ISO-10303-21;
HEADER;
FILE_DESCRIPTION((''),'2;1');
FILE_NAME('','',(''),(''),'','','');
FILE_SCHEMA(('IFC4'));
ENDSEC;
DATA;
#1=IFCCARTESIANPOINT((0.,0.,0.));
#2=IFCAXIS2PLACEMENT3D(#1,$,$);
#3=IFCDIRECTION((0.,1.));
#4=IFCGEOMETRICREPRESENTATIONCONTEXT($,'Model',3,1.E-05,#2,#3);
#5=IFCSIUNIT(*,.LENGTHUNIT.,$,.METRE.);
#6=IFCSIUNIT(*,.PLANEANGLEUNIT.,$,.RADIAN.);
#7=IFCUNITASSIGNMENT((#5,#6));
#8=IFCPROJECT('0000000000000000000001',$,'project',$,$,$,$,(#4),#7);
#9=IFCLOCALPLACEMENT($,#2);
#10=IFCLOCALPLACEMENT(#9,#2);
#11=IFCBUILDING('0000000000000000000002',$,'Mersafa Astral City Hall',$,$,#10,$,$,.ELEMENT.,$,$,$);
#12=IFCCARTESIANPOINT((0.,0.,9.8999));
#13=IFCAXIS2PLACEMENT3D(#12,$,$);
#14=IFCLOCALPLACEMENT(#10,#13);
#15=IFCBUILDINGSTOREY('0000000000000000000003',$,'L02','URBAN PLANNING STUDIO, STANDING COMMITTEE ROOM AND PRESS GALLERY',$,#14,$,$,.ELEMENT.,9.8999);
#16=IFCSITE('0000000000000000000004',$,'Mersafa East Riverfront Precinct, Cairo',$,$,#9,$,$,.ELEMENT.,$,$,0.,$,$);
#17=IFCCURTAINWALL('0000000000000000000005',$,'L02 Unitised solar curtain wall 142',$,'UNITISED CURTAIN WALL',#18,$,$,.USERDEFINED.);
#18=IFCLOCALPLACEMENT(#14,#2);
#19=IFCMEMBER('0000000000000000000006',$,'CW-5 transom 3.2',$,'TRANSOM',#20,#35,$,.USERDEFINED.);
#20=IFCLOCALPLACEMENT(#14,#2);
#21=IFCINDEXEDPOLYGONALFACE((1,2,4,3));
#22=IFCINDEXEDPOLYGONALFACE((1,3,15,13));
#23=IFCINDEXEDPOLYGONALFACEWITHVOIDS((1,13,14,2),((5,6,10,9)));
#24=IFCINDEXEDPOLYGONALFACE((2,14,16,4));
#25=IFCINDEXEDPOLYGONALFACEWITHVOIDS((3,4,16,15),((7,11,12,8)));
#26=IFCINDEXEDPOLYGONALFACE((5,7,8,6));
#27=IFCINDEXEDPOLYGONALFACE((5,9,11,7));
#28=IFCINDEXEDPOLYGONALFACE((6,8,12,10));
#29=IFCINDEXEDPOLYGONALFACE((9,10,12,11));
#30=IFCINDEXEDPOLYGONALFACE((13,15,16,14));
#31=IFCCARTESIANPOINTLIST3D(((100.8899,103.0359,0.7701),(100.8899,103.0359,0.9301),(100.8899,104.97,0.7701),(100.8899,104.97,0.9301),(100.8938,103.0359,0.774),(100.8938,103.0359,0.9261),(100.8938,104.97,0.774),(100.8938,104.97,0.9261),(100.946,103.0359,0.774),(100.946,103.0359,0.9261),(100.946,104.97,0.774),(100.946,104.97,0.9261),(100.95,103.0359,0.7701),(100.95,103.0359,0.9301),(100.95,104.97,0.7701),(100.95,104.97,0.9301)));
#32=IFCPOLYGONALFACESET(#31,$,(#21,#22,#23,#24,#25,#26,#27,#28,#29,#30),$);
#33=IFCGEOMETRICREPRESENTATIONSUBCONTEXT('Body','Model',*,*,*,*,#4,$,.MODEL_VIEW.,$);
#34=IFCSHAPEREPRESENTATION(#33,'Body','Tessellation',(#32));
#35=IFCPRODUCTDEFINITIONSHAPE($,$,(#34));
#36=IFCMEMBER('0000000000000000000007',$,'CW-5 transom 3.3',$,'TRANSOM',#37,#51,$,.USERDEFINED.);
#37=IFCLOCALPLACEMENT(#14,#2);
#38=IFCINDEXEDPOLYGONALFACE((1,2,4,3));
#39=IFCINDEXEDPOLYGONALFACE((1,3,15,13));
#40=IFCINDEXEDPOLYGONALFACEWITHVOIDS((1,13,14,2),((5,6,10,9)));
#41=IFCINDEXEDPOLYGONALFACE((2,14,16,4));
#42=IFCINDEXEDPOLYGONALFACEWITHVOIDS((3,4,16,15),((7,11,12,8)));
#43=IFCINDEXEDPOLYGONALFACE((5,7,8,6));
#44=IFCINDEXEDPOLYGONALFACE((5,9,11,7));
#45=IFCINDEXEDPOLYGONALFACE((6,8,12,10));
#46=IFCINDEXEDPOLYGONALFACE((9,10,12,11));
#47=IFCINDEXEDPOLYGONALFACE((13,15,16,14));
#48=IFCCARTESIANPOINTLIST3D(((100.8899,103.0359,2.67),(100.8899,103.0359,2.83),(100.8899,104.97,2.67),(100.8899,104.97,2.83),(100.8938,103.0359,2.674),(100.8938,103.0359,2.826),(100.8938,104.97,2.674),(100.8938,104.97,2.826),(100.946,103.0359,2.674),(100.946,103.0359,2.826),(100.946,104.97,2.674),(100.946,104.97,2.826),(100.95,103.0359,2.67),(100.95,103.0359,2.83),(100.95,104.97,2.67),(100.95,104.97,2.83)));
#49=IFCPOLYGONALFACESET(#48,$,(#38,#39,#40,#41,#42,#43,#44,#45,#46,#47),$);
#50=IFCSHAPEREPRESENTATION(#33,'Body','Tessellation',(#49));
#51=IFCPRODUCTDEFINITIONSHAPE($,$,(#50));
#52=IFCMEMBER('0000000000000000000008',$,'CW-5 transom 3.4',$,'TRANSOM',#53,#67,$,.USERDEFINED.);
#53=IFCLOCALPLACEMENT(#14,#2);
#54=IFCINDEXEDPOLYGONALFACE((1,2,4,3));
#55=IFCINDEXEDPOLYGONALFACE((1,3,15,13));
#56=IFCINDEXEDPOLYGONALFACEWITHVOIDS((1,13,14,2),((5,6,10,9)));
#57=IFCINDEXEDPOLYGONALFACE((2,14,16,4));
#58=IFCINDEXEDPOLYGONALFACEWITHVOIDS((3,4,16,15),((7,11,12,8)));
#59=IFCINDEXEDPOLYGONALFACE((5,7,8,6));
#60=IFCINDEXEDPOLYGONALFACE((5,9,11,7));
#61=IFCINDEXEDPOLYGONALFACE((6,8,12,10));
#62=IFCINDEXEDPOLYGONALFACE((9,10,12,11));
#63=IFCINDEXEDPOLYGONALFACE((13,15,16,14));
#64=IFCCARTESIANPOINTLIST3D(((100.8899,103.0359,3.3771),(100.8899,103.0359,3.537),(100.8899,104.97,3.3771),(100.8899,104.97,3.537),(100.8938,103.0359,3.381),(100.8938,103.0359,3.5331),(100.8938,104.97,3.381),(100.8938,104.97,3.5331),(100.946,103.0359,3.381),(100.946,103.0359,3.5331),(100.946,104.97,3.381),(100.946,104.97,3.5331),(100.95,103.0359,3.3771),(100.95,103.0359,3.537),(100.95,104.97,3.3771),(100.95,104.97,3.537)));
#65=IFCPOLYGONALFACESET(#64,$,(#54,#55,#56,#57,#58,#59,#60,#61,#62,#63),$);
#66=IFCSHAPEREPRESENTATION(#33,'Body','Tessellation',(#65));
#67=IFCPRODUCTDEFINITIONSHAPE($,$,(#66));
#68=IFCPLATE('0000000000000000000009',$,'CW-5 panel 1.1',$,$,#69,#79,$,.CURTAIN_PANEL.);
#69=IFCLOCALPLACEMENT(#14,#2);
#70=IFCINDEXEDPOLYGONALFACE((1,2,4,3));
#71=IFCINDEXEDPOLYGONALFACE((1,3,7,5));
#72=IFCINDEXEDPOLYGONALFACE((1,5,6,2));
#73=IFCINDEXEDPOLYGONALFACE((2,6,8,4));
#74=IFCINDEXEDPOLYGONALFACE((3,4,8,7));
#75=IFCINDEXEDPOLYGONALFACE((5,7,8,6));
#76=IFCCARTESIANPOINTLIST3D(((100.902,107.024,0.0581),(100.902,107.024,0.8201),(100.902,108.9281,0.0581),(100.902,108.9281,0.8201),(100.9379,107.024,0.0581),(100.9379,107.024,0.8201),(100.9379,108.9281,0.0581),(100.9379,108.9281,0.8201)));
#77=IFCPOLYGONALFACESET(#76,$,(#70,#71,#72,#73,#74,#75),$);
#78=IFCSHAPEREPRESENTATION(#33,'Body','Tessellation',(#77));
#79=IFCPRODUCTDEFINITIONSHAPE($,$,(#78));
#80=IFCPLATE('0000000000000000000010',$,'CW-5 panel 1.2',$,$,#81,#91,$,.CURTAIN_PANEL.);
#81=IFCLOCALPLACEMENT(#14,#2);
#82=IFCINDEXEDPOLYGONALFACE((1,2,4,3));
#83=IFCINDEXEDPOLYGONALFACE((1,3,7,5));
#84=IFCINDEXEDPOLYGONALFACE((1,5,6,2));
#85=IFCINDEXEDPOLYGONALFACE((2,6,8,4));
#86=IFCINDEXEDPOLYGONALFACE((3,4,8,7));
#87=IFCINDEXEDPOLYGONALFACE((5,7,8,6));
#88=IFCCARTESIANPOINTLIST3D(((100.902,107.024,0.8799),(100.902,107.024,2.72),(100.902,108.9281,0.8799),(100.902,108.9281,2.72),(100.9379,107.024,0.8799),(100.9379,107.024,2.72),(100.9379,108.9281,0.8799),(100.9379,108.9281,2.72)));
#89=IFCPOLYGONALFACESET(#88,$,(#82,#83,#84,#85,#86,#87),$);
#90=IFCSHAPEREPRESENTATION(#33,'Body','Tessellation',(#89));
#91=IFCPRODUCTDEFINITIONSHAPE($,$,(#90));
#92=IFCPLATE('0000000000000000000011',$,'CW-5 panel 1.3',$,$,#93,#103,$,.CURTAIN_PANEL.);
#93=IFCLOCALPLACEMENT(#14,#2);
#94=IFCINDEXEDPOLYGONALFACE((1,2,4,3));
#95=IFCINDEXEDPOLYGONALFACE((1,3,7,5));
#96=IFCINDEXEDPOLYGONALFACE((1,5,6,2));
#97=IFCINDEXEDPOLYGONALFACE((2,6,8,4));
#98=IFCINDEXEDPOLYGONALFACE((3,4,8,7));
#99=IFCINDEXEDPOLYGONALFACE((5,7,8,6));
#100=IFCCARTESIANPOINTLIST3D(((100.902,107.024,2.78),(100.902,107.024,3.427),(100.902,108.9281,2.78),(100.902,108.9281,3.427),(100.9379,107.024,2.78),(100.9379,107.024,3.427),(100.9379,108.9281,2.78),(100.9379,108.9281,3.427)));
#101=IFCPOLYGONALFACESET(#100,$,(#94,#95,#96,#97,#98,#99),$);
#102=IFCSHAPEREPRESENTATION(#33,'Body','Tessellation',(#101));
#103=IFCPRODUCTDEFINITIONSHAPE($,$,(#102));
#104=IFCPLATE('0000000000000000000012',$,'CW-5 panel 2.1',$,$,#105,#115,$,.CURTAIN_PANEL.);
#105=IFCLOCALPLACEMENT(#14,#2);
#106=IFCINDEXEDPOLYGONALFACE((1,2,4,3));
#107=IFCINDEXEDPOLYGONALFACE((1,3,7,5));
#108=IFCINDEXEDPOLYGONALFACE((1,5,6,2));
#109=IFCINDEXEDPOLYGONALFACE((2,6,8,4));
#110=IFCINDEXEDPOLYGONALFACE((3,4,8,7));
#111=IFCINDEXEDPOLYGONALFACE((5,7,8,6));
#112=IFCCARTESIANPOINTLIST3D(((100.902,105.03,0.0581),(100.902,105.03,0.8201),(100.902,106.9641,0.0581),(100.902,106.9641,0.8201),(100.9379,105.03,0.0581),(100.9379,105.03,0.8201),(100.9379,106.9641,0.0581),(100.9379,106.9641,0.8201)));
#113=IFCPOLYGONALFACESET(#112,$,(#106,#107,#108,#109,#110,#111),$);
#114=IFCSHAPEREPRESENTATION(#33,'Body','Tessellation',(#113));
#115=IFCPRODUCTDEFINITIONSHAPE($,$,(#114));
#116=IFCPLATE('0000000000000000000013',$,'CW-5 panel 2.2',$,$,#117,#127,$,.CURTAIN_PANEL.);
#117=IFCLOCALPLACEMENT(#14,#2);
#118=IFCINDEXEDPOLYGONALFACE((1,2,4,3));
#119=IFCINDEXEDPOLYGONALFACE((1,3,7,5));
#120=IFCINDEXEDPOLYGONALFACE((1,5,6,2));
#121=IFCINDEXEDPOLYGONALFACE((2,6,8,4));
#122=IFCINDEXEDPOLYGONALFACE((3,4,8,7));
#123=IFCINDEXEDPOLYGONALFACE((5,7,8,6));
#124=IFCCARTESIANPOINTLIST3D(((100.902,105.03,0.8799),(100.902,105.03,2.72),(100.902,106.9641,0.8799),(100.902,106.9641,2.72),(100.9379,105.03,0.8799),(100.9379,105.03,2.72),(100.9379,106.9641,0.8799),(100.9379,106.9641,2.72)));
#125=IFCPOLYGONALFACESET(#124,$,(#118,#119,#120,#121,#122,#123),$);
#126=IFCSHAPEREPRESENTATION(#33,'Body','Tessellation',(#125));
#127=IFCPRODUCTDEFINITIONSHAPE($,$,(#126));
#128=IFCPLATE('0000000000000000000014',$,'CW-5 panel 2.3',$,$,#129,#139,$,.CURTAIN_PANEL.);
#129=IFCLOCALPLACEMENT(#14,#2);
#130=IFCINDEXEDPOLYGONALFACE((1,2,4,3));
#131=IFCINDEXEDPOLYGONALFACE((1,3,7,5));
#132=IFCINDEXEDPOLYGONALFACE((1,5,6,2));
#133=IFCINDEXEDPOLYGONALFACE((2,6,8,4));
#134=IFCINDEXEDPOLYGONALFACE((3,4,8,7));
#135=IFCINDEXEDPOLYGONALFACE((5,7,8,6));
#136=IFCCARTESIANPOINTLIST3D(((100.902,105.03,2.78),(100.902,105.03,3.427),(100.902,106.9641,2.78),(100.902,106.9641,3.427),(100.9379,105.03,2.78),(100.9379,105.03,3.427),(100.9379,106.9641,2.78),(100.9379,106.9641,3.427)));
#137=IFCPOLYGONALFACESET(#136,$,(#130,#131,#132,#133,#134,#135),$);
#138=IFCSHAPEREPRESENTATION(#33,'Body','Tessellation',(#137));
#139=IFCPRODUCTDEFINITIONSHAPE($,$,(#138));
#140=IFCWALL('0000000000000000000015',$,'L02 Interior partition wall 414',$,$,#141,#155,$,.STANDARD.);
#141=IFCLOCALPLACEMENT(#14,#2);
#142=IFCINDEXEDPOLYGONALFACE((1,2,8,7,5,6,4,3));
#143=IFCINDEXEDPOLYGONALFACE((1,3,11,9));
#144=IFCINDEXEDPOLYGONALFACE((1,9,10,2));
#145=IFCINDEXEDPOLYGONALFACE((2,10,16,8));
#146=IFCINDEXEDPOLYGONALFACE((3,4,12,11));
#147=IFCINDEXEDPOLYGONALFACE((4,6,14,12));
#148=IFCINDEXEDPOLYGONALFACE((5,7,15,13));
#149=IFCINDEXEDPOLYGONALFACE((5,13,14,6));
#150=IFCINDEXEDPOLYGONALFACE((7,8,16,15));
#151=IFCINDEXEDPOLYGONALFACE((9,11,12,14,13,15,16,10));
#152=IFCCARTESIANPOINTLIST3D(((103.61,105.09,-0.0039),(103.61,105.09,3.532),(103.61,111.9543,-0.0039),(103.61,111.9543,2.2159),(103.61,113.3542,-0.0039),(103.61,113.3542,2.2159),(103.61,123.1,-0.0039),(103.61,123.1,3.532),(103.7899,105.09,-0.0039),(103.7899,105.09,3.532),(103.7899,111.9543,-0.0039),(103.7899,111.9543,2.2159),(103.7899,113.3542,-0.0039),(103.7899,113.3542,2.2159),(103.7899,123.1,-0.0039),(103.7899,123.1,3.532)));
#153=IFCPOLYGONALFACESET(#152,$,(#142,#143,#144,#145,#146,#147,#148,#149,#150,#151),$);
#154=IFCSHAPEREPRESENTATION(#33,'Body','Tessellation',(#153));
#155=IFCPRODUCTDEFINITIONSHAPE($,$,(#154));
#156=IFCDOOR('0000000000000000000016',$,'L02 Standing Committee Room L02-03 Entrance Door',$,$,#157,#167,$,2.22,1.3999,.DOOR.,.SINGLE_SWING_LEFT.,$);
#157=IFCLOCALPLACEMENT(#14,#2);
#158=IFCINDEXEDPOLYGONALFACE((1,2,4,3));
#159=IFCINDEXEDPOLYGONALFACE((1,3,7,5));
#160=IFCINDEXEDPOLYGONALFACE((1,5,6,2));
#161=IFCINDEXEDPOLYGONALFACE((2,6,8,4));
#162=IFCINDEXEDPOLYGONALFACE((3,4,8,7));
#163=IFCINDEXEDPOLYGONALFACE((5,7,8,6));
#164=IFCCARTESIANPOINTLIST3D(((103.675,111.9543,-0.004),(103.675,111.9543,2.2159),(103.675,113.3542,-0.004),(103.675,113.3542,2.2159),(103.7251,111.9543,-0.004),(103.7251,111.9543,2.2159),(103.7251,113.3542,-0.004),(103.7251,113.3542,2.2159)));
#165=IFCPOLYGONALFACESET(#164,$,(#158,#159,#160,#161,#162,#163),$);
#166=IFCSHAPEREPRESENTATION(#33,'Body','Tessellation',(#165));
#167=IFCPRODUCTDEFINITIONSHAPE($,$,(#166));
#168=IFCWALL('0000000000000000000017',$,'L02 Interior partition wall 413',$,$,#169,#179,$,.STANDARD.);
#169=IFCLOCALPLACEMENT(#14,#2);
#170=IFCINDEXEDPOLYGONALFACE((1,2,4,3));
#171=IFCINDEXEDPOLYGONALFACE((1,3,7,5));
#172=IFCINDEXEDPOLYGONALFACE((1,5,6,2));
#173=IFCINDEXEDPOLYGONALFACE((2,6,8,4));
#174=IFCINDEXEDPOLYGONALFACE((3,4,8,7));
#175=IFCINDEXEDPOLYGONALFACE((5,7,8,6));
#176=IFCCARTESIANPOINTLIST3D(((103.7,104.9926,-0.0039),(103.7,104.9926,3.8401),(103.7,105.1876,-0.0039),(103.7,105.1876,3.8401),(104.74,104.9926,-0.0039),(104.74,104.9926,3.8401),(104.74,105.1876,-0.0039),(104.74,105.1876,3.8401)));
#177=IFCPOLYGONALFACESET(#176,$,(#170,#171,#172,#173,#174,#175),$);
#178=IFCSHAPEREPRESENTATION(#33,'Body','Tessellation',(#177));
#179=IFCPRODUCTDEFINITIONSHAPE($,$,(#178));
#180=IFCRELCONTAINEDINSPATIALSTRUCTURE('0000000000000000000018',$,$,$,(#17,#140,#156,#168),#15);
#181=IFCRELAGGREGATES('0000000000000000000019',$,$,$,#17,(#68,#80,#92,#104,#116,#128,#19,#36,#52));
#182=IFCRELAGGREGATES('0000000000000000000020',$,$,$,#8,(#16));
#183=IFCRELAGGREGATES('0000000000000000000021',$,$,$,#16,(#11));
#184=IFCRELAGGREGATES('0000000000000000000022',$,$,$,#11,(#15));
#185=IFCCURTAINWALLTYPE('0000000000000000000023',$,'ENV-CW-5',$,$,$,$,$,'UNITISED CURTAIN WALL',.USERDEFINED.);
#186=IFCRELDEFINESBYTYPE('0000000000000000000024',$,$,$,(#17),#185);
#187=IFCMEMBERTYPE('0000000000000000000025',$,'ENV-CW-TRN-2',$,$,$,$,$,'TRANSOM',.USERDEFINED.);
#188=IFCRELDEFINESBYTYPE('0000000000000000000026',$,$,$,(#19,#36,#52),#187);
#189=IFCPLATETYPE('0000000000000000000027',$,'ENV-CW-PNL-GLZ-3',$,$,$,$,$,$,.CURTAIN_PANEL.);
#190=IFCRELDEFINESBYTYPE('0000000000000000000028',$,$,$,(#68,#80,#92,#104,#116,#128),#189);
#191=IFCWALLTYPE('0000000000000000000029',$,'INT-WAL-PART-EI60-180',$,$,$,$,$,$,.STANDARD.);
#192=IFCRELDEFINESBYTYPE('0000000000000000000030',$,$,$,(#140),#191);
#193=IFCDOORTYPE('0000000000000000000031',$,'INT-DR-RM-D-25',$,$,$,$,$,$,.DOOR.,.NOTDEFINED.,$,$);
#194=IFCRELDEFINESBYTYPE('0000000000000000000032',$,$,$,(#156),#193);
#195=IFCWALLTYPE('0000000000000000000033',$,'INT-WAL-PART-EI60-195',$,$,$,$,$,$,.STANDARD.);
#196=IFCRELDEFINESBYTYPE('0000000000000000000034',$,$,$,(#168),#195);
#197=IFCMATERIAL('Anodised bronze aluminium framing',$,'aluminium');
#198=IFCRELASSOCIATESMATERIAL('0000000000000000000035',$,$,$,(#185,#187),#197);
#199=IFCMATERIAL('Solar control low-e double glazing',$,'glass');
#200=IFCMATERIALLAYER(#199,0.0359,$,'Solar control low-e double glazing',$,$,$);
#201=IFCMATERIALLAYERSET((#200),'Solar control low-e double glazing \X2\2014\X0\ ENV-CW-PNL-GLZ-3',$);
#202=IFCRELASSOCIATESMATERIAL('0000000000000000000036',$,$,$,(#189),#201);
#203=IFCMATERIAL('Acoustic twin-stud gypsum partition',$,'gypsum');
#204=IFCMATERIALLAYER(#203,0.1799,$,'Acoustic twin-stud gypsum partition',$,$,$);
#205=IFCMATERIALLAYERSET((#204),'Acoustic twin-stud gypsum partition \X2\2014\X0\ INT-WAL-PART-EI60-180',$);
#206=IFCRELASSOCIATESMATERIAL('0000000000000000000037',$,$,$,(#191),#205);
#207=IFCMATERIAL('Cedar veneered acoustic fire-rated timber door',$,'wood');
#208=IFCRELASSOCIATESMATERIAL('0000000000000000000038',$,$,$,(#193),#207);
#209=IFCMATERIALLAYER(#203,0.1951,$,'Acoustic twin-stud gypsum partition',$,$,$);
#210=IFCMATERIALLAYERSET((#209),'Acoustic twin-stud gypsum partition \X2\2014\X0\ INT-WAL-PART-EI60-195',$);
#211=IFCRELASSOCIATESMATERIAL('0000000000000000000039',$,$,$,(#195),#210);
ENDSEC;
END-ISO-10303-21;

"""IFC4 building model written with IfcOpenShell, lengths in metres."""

from ifc_helpers import new_model, si_unit, direction, frame, frame_2d, origin, origin_2d, place, context, subcontext, project, spatial, rectangle, hollow_rectangle, extrude, material, layer, layer_set, material_profile, profile_set, type_object, element, fill, aggregate, save


model = new_model("IFC4")

# Units and contexts
model_context = context("Model", 3, precision=1e-05, world=origin(), true_north=direction((0.0, 1.0)))
body_context = subcontext(model_context, "Body", "Model", "MODEL_VIEW")
ifc_project = project(units=[si_unit("LENGTHUNIT", "METRE"), si_unit("PLANEANGLEUNIT", "RADIAN")], contexts=[model_context])

# Site, building, storey
site_placement = place(None, origin())
site = spatial("IfcSite", under=ifc_project, at=site_placement, Name="Mersafa East Riverfront Precinct, Cairo", CompositionType="ELEMENT", RefElevation=0.0)
building_placement = place(site_placement, origin())
building = spatial("IfcBuilding", under=site, at=building_placement, Name="Mersafa Astral City Hall", CompositionType="ELEMENT")
storey_placement = place(building_placement, frame((0.0, 0.0, 9.8999)))
storey = spatial("IfcBuildingStorey", under=building, at=storey_placement, Name="L02", Description="URBAN PLANNING STUDIO, STANDING COMMITTEE ROOM AND PRESS GALLERY", CompositionType="ELEMENT", Elevation=9.8999)

# Curtain wall, members, plates
ifc_material_1 = material(Name="Anodised bronze aluminium framing", Category="aluminium")
curtain_wall_type = type_object("IfcCurtainWallType", Name="ENV-CW-5", ElementType="UNITISED CURTAIN WALL", PredefinedType="USERDEFINED", material=ifc_material_1)
curtain_wall_placement = place(storey_placement, origin())
curtain_wall = element("IfcCurtainWall", 1, at=curtain_wall_placement, inside=storey, type_object=curtain_wall_type, Name="L02 Unitised solar curtain wall 142", ObjectType="UNITISED CURTAIN WALL", PredefinedType="USERDEFINED")
ifc_material_profile_1 = material_profile(ifc_material_1, hollow_rectangle(XDim=0.0601, YDim=0.1599, WallThickness=0.0039, at=origin_2d()), Name="RHS 60x160x4")
ifc_profile_set_1 = profile_set([ifc_material_profile_1], Name="Anodised bronze aluminium framing")
member_type_1 = type_object("IfcMemberType", Name="ENV-CW-TRN-2", ElementType="TRANSOM", PredefinedType="USERDEFINED", material=ifc_profile_set_1)
member_1_placement = place(storey_placement, frame((100.9199, 104.97, 0.8501), z_axis=(0.0, -1.0, 0.0), x_axis=(1.0, 0.0, 0.0)))
member_1 = element("IfcMember", 2, at=member_1_placement, type_object=member_type_1, Name="CW-5 transom 3.2", ObjectType="TRANSOM", PredefinedType="USERDEFINED", context=body_context, shape_type="SweptSolid", body=[
    extrude(hollow_rectangle(XDim=0.0601, YDim=0.1599, WallThickness=0.0039, at=origin_2d()), origin(), (0.0, 0.0, 1.0), 1.9341),
])
member_2_placement = place(storey_placement, frame((100.9199, 104.97, 2.75), z_axis=(0.0, -1.0, 0.0), x_axis=(1.0, 0.0, 0.0)))
member_2 = element("IfcMember", 3, at=member_2_placement, type_object=member_type_1, Name="CW-5 transom 3.3", ObjectType="TRANSOM", PredefinedType="USERDEFINED", context=body_context, shape_type="SweptSolid", body=[
    extrude(hollow_rectangle(XDim=0.0601, YDim=0.1599, WallThickness=0.0039, at=origin_2d()), origin(), (0.0, 0.0, 1.0), 1.9341),
])
member_3_placement = place(storey_placement, frame((100.9199, 104.97, 3.457), z_axis=(0.0, -1.0, 0.0), x_axis=(1.0, 0.0, 0.0)))
member_3 = element("IfcMember", 4, at=member_3_placement, type_object=member_type_1, Name="CW-5 transom 3.4", ObjectType="TRANSOM", PredefinedType="USERDEFINED", context=body_context, shape_type="SweptSolid", body=[
    extrude(hollow_rectangle(XDim=0.0601, YDim=0.1599, WallThickness=0.0039, at=origin_2d()), origin(), (0.0, 0.0, 1.0), 1.9341),
])
ifc_material_2 = material(Name="Solar control low-e double glazing", Category="glass")
ifc_layer_1 = layer(ifc_material_2, 0.0359, Name="Solar control low-e double glazing")
ifc_layer_set_1 = layer_set([ifc_layer_1], Name="Solar control low-e double glazing — ENV-CW-PNL-GLZ-3")
plate_type = type_object("IfcPlateType", Name="ENV-CW-PNL-GLZ-3", PredefinedType="CURTAIN_PANEL", material=ifc_layer_set_1)
plate_1_placement = place(storey_placement, frame((100.9199, 107.9761, 0.0581), z_axis=(0.0, 0.0, 1.0), x_axis=(0.0, -1.0, 0.0)))
plate_1 = element("IfcPlate", 5, at=plate_1_placement, type_object=plate_type, Name="CW-5 panel 1.1", PredefinedType="CURTAIN_PANEL", context=body_context, shape_type="SweptSolid", body=[
    extrude(rectangle(XDim=1.9041, YDim=0.0359, at=origin_2d()), origin(), (0.0, 0.0, 1.0), 0.762),
])
plate_2_placement = place(storey_placement, frame((100.9199, 107.9761, 0.8799), z_axis=(0.0, 0.0, 1.0), x_axis=(0.0, -1.0, 0.0)))
plate_2 = element("IfcPlate", 6, at=plate_2_placement, type_object=plate_type, Name="CW-5 panel 1.2", PredefinedType="CURTAIN_PANEL", context=body_context, shape_type="SweptSolid", body=[
    extrude(rectangle(XDim=1.9041, YDim=0.0359, at=origin_2d()), origin(), (0.0, 0.0, 1.0), 1.8401),
])
plate_3_placement = place(storey_placement, frame((100.9199, 107.9761, 2.78), z_axis=(0.0, 0.0, 1.0), x_axis=(0.0, -1.0, 0.0)))
plate_3 = element("IfcPlate", 7, at=plate_3_placement, type_object=plate_type, Name="CW-5 panel 1.3", PredefinedType="CURTAIN_PANEL", context=body_context, shape_type="SweptSolid", body=[
    extrude(rectangle(XDim=1.9041, YDim=0.0359, at=origin_2d()), origin(), (0.0, 0.0, 1.0), 0.647),
])
plate_4_placement = place(storey_placement, frame((100.9199, 105.9971, 0.0581), z_axis=(0.0, 0.0, 1.0), x_axis=(0.0, -1.0, 0.0)))
plate_4 = element("IfcPlate", 8, at=plate_4_placement, type_object=plate_type, Name="CW-5 panel 2.1", PredefinedType="CURTAIN_PANEL", context=body_context, shape_type="SweptSolid", body=[
    extrude(rectangle(XDim=1.9341, YDim=0.0359, at=origin_2d()), origin(), (0.0, 0.0, 1.0), 0.762),
])
plate_5_placement = place(storey_placement, frame((100.9199, 105.9971, 0.8799), z_axis=(0.0, 0.0, 1.0), x_axis=(0.0, -1.0, 0.0)))
plate_5 = element("IfcPlate", 9, at=plate_5_placement, type_object=plate_type, Name="CW-5 panel 2.2", PredefinedType="CURTAIN_PANEL", context=body_context, shape_type="SweptSolid", body=[
    extrude(rectangle(XDim=1.9341, YDim=0.0359, at=origin_2d()), origin(), (0.0, 0.0, 1.0), 1.8401),
])
plate_6_placement = place(storey_placement, frame((100.9199, 105.9971, 2.78), z_axis=(0.0, 0.0, 1.0), x_axis=(0.0, -1.0, 0.0)))
plate_6 = element("IfcPlate", 10, at=plate_6_placement, type_object=plate_type, Name="CW-5 panel 2.3", PredefinedType="CURTAIN_PANEL", context=body_context, shape_type="SweptSolid", body=[
    extrude(rectangle(XDim=1.9341, YDim=0.0359, at=origin_2d()), origin(), (0.0, 0.0, 1.0), 0.647),
])
aggregate(curtain_wall, [plate_1, plate_2, plate_3, plate_4, plate_5, plate_6, member_1, member_2, member_3])

# Wall, opening, door
ifc_material_3 = material(Name="Acoustic twin-stud gypsum partition", Category="gypsum")
ifc_layer_2 = layer(ifc_material_3, 0.1799, Name="Acoustic twin-stud gypsum partition")
ifc_layer_set_2 = layer_set([ifc_layer_2], Name="Acoustic twin-stud gypsum partition — INT-WAL-PART-EI60-180")
wall_type_1 = type_object("IfcWallType", Name="INT-WAL-PART-EI60-180", PredefinedType="STANDARD", material=ifc_layer_set_2)
wall_1_placement = place(storey_placement, frame((103.7, 105.0901, -0.0039), z_axis=(0.0, 0.0, 1.0), x_axis=(0.0, 1.0, 0.0)))
wall_1 = element("IfcWall", 11, at=wall_1_placement, inside=storey, type_object=wall_type_1, Name="L02 Interior partition wall 414", PredefinedType="STANDARD", context=body_context, shape_type="SweptSolid", body=[
    extrude(rectangle(XDim=18.01, YDim=0.1799, at=frame_2d((9.0049, 0.0))), origin(), (0.0, 0.0, 1.0), 3.5359),
])
opening_placement = place(wall_1_placement, frame((6.8643, 0.0, 0.0)))
opening = element("IfcOpeningElement", 12, at=opening_placement, cuts=wall_1, PredefinedType="OPENING", context=body_context, shape_type="SweptSolid", body=[
    extrude(rectangle(XDim=1.3999, YDim=2.22, at=frame_2d((0.7, 1.1099))), frame((0.0, 0.0999, 0.0), z_axis=(0.0, -1.0, 0.0), x_axis=(1.0, 0.0, 0.0)), (0.0, 0.0, 1.0), 0.2),
])
ifc_material_4 = material(Name="Cedar veneered acoustic fire-rated timber door", Category="wood")
door_type = type_object("IfcDoorType", Name="INT-DR-RM-D-25", OperationType="NOTDEFINED", PredefinedType="DOOR", material=ifc_material_4)
door_placement = place(opening_placement, origin())
door = element("IfcDoor", 13, at=door_placement, inside=storey, type_object=door_type, Name="L02 Standing Committee Room L02-03 Entrance Door", OperationType="SINGLE_SWING_LEFT", OverallHeight=2.22, OverallWidth=1.3999, PredefinedType="DOOR", context=body_context, shape_type="SweptSolid", body=[
    extrude(rectangle(XDim=1.3999, YDim=2.22, at=frame_2d((0.7, 1.1099))), frame((0.0, 0.0249, 0.0), z_axis=(0.0, -1.0, 0.0), x_axis=(1.0, 0.0, 0.0)), (0.0, 0.0, 1.0), 0.05),
])
fill(opening, door)

# Wall
ifc_layer_3 = layer(ifc_material_3, 0.1951, Name="Acoustic twin-stud gypsum partition")
ifc_layer_set_3 = layer_set([ifc_layer_3], Name="Acoustic twin-stud gypsum partition — INT-WAL-PART-EI60-195")
wall_type_2 = type_object("IfcWallType", Name="INT-WAL-PART-EI60-195", PredefinedType="STANDARD", material=ifc_layer_set_3)
wall_2_placement = place(storey_placement, frame((104.74, 105.0901, -0.0039), z_axis=(0.0, 0.0, 1.0), x_axis=(-1.0, 0.0, 0.0)))
element("IfcWall", 14, at=wall_2_placement, inside=storey, type_object=wall_type_2, Name="L02 Interior partition wall 413", PredefinedType="STANDARD", context=body_context, shape_type="SweptSolid", body=[
    extrude(rectangle(XDim=1.04, YDim=0.1951, at=frame_2d((0.52, 0.0))), origin(), (0.0, 0.0, 1.0), 3.844),
])

save(model, "model.ifc")
